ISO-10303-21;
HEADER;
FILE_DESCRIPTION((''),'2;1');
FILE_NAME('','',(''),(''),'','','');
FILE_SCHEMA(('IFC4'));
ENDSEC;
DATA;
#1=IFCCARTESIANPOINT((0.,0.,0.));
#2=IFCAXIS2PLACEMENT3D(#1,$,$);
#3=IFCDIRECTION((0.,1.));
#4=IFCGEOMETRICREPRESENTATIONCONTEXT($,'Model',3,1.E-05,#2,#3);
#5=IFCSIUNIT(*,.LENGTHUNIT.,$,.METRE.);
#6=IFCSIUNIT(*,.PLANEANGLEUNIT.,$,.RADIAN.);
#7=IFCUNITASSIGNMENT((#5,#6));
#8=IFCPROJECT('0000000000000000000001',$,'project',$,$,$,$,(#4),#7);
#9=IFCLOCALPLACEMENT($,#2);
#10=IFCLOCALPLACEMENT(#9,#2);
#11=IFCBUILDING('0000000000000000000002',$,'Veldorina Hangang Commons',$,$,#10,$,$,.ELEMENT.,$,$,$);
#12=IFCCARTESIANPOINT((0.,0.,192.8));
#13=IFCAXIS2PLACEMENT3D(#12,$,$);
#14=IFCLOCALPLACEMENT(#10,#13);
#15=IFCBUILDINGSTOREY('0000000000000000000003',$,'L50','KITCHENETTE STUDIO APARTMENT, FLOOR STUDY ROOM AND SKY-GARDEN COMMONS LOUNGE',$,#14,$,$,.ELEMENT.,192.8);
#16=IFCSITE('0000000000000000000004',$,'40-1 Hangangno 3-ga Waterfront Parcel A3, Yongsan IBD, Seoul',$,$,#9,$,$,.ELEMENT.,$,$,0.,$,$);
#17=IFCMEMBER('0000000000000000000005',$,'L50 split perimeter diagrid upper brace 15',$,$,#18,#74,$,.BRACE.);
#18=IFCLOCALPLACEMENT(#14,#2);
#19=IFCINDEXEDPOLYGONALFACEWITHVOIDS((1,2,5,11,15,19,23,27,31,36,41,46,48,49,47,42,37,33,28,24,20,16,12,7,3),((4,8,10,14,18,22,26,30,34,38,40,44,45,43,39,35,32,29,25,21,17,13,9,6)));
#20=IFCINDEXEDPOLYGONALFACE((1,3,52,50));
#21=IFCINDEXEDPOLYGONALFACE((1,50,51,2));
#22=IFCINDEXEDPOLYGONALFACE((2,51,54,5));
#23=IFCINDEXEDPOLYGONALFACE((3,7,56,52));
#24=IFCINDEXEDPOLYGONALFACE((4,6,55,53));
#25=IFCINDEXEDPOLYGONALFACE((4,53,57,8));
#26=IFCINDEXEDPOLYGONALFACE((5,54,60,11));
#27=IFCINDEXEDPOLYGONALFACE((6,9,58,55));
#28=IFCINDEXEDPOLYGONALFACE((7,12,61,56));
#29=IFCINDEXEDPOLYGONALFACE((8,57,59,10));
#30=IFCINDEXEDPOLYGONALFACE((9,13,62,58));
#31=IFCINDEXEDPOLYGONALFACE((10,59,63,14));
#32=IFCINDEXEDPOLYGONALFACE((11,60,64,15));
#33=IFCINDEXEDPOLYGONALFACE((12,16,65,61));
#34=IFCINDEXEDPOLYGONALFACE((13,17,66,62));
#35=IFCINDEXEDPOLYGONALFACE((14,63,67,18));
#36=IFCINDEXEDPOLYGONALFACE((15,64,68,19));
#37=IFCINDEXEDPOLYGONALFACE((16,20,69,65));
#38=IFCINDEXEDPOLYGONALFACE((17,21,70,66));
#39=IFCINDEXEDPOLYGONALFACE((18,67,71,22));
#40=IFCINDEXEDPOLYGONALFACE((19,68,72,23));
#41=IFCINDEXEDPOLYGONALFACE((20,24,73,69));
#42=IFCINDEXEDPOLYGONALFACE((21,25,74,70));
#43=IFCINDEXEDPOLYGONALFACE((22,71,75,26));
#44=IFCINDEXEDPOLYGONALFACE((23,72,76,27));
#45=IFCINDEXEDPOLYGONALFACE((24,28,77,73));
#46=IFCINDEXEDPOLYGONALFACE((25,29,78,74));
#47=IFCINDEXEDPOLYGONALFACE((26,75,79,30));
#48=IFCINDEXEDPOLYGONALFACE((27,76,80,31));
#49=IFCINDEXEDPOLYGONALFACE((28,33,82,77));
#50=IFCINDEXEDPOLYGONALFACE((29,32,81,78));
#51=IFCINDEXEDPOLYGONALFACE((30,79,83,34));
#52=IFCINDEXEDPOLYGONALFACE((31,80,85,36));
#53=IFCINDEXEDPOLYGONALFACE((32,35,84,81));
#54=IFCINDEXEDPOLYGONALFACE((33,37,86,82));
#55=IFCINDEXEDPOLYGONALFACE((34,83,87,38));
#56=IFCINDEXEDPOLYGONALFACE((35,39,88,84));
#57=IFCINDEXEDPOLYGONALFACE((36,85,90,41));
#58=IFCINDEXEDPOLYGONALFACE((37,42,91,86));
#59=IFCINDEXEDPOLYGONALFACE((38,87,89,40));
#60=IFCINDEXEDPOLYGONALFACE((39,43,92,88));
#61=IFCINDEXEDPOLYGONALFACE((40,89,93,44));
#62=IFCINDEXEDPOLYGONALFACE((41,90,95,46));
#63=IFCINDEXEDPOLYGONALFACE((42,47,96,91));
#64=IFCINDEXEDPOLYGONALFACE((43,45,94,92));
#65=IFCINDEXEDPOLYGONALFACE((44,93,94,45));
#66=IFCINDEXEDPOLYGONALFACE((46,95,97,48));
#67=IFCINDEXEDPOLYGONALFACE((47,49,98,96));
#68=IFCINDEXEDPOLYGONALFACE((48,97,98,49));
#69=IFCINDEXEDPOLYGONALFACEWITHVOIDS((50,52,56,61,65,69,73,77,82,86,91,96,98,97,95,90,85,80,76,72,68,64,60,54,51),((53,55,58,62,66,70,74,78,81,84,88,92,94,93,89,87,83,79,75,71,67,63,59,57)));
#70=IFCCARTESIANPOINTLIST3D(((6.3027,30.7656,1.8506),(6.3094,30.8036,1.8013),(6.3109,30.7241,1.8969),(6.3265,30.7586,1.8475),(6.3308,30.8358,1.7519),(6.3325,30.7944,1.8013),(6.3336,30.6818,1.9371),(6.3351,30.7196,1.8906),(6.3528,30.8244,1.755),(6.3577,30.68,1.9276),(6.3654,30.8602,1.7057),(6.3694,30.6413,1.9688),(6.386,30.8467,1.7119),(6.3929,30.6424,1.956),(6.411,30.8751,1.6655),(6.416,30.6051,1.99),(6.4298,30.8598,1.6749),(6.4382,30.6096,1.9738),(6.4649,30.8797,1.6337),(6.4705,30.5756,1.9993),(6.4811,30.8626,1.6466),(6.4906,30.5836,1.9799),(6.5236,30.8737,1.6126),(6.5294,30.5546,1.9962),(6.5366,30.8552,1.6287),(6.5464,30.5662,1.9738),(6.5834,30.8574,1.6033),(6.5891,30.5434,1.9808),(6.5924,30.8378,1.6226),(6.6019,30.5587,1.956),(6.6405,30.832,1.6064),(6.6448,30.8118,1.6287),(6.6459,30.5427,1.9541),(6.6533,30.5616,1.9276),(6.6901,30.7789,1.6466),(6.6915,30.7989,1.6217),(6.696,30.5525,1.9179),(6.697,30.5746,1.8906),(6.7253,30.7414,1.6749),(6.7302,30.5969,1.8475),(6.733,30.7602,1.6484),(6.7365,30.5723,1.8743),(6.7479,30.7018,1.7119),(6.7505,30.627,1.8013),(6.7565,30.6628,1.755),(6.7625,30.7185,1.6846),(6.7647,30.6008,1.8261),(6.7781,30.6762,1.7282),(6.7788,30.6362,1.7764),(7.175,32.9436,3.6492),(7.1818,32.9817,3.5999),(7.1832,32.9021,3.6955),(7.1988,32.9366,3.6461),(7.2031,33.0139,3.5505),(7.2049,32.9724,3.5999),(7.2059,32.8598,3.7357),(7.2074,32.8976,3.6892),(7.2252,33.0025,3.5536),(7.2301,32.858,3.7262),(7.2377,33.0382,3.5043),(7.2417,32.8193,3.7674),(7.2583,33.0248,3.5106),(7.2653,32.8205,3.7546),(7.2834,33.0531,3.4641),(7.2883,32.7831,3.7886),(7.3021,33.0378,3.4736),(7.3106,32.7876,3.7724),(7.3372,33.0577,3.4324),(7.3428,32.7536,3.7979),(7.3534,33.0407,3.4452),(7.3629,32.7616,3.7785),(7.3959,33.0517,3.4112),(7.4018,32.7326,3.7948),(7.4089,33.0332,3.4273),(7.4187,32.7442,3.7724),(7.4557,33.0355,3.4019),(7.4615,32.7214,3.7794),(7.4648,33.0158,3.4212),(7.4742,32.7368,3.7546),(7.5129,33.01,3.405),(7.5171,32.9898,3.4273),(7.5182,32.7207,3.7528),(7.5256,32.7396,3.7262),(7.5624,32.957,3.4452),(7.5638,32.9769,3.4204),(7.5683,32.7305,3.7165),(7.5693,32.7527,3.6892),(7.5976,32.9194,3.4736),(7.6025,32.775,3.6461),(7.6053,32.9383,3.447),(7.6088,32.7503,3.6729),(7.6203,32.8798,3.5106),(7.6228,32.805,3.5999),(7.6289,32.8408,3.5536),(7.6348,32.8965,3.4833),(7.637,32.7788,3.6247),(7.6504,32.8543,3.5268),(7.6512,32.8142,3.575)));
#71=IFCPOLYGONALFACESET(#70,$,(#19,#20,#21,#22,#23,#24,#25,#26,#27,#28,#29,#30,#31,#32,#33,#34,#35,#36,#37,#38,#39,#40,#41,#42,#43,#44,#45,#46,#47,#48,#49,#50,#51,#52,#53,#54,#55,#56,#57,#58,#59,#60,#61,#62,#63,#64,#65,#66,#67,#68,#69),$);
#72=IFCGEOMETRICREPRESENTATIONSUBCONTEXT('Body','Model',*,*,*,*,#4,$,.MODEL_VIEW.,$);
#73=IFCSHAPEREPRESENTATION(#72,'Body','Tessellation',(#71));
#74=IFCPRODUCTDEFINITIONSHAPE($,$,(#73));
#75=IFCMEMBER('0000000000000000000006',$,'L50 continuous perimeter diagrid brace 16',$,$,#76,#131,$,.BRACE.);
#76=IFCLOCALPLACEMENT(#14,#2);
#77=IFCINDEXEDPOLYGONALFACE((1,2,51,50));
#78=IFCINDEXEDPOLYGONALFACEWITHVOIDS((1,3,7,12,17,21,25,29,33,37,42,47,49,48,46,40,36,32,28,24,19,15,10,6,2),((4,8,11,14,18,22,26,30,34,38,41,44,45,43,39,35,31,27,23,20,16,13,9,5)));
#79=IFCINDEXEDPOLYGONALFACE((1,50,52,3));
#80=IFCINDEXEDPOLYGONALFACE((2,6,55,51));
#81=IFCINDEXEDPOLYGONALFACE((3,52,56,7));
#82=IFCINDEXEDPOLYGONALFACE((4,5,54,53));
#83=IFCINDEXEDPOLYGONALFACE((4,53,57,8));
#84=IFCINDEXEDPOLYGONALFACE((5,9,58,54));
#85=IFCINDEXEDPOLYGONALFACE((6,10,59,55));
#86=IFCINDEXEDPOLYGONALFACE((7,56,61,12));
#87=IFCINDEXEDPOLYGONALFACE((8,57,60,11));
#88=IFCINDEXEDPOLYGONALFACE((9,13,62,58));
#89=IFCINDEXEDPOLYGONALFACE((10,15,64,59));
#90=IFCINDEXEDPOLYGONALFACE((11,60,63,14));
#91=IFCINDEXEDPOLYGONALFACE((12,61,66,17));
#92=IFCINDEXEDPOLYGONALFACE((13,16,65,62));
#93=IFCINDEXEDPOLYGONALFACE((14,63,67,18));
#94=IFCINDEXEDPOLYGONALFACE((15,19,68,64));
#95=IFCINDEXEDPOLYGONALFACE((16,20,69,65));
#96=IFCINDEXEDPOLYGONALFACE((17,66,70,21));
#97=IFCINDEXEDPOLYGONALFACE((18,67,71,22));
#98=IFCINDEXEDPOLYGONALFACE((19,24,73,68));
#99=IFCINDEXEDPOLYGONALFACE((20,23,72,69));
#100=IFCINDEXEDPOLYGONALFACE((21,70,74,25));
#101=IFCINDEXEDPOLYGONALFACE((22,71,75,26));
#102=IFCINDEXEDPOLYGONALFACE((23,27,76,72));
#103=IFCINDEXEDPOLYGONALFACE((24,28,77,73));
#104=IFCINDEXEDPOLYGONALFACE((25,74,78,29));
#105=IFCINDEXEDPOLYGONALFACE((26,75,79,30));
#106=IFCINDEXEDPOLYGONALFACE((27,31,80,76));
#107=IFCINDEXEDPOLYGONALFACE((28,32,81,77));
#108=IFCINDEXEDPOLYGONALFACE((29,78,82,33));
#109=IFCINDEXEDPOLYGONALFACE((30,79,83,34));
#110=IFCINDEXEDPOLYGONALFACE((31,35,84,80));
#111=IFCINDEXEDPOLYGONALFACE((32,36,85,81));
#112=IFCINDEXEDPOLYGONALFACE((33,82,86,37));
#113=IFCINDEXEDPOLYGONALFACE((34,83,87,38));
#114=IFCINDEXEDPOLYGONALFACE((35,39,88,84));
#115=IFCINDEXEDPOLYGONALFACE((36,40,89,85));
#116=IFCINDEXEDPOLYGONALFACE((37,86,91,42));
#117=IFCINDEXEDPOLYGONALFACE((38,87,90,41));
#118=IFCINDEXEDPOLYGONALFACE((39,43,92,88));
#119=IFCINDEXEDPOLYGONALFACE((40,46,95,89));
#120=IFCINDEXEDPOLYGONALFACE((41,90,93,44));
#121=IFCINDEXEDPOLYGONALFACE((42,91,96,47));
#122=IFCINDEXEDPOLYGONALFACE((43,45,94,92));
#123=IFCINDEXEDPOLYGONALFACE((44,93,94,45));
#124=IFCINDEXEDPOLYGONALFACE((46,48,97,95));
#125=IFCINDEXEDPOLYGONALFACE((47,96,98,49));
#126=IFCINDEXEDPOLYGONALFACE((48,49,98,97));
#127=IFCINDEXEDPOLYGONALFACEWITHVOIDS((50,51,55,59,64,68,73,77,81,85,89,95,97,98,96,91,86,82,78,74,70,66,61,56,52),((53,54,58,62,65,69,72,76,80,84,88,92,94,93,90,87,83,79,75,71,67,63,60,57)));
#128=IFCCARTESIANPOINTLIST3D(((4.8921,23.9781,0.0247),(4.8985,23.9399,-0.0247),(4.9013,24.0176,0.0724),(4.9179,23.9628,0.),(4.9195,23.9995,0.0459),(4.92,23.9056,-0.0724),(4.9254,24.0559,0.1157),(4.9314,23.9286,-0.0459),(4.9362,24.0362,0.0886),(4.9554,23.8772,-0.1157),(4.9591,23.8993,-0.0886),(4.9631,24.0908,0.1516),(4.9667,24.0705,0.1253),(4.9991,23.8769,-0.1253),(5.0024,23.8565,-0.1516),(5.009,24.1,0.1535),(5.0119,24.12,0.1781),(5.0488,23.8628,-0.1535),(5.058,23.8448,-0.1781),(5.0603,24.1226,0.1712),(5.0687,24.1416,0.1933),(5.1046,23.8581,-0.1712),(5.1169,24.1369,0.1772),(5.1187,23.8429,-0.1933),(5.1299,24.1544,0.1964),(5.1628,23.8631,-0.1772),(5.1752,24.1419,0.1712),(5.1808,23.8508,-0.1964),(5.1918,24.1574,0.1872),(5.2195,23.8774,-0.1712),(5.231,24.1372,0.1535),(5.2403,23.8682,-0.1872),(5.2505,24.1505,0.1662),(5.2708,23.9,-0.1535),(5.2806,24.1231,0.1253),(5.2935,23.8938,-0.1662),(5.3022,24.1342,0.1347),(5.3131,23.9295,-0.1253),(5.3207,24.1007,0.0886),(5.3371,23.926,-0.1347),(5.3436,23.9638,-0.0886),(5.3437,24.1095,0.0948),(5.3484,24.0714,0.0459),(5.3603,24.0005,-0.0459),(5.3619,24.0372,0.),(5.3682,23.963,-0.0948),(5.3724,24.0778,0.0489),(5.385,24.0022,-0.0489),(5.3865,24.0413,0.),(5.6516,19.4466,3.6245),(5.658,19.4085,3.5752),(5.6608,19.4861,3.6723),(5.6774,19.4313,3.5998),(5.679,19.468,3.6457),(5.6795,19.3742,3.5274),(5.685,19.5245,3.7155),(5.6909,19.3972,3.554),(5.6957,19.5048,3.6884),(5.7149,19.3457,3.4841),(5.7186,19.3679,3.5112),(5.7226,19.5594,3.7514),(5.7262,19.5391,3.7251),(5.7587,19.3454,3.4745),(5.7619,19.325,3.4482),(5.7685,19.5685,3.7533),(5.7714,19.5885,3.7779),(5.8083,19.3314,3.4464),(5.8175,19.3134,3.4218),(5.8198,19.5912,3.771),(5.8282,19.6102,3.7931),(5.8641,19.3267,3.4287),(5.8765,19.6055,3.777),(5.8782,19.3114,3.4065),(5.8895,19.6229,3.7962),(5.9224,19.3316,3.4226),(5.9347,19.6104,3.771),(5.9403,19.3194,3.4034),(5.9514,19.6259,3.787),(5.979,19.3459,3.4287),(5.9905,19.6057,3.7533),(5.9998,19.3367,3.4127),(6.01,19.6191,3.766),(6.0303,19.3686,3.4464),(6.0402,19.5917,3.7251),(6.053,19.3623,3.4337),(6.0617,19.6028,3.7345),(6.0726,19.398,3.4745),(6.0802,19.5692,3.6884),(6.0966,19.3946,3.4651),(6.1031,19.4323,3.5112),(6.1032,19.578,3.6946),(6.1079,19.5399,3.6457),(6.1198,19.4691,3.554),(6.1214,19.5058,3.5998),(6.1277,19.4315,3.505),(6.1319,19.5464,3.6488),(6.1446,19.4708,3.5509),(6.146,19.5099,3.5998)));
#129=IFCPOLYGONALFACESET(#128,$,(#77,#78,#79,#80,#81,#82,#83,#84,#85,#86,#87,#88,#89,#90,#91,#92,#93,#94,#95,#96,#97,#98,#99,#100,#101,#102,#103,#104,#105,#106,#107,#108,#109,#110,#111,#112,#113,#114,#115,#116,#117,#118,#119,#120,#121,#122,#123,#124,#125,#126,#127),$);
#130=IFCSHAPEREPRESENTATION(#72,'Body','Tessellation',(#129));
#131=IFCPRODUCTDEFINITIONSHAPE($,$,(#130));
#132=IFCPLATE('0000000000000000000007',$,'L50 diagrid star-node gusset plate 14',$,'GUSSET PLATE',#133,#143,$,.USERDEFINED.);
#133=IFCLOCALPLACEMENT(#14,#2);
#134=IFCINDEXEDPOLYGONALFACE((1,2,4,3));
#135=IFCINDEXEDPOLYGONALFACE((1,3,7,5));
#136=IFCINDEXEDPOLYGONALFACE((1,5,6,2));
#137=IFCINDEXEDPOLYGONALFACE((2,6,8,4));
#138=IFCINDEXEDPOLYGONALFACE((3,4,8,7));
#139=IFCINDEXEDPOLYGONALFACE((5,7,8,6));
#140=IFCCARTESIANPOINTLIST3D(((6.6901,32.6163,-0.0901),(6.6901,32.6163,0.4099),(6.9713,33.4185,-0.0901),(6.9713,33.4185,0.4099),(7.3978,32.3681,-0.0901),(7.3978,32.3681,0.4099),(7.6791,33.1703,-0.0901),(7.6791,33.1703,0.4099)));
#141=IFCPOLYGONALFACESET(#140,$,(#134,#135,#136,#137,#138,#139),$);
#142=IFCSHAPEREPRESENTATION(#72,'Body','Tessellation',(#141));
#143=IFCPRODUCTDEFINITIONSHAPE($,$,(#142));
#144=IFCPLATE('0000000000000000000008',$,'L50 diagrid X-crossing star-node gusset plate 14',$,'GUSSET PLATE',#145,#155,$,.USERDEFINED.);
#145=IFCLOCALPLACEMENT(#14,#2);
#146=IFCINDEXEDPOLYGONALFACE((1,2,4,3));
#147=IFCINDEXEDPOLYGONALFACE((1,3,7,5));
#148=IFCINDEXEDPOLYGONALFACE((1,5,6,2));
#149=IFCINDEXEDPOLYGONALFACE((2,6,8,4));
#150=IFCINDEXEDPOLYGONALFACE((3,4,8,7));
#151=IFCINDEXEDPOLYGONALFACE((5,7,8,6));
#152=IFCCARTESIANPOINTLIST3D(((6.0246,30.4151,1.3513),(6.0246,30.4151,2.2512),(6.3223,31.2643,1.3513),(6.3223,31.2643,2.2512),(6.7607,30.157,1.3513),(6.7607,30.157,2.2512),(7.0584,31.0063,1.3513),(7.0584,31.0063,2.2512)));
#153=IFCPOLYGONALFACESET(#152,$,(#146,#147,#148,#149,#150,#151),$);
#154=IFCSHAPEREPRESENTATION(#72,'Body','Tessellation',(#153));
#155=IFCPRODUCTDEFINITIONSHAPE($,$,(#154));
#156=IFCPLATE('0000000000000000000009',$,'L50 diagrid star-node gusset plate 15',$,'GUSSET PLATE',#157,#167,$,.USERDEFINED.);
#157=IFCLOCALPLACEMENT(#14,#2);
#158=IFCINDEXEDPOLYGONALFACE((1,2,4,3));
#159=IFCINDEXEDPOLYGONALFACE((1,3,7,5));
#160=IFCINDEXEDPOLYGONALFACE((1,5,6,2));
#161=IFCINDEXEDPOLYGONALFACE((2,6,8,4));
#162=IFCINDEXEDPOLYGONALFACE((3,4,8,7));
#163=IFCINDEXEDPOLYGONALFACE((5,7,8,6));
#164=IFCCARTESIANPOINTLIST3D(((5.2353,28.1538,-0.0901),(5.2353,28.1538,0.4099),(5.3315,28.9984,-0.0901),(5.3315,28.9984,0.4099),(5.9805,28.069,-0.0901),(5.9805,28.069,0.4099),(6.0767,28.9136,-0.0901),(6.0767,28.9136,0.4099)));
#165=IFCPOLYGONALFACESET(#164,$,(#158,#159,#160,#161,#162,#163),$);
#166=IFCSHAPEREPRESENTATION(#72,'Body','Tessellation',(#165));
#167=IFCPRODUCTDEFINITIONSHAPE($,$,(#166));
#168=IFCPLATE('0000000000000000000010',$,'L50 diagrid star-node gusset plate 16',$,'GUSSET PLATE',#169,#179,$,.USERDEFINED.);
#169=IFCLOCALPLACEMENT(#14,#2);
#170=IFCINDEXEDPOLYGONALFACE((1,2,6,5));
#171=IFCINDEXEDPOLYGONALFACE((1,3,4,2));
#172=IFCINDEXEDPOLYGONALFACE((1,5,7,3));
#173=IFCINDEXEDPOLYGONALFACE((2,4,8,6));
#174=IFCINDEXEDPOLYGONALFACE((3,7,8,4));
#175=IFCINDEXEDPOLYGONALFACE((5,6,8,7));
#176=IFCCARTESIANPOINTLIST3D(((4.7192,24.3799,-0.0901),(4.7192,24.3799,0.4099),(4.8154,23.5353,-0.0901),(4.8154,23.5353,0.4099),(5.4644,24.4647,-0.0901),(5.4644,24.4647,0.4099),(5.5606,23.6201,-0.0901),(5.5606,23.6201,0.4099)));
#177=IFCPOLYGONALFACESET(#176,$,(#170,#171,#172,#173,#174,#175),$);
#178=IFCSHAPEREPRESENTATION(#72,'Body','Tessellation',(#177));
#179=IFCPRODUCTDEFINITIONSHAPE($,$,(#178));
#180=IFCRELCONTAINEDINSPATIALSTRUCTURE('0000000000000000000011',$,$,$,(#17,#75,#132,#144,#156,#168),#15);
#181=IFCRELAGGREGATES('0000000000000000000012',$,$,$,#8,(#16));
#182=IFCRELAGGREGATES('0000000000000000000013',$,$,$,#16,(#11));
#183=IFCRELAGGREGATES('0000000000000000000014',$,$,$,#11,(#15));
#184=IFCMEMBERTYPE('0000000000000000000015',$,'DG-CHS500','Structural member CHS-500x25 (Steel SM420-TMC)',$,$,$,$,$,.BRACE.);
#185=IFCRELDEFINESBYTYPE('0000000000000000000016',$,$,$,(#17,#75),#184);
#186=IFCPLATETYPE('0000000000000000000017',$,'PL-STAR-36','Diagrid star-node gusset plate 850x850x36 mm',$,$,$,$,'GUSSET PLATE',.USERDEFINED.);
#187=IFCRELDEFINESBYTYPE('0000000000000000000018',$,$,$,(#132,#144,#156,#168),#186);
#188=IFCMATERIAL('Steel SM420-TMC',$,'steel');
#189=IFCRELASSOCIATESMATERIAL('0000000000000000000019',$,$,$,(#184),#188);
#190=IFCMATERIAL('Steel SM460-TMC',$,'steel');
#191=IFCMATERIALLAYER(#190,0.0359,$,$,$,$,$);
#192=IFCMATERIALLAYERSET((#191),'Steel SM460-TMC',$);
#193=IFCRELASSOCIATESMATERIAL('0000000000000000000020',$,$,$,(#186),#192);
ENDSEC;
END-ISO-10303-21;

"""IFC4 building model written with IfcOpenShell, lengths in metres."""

from ifc_helpers import new_model, si_unit, direction, frame, origin, origin_2d, place, context, subcontext, project, spatial, rectangle, hollow_circle, extrude, material, layer, layer_set, material_profile, profile_set, type_object, element, save


model = new_model("IFC4")

# Units and contexts
model_context = context("Model", 3, precision=1e-05, world=origin(), true_north=direction((0.0, 1.0)))
body_context = subcontext(model_context, "Body", "Model", "MODEL_VIEW")
ifc_project = project(units=[si_unit("LENGTHUNIT", "METRE"), si_unit("PLANEANGLEUNIT", "RADIAN")], contexts=[model_context])

# Site, building, storey
site_placement = place(None, origin())
site = spatial("IfcSite", under=ifc_project, at=site_placement, Name="40-1 Hangangno 3-ga Waterfront Parcel A3, Yongsan IBD, Seoul", CompositionType="ELEMENT", RefElevation=0.0)
building_placement = place(site_placement, origin())
building = spatial("IfcBuilding", under=site, at=building_placement, Name="Veldorina Hangang Commons", CompositionType="ELEMENT")
storey_placement = place(building_placement, frame((0.0, 0.0, 192.8)))
storey = spatial("IfcBuildingStorey", under=building, at=storey_placement, Name="L50", Description="KITCHENETTE STUDIO APARTMENT, FLOOR STUDY ROOM AND SKY-GARDEN COMMONS LOUNGE", CompositionType="ELEMENT", Elevation=192.8)

# Shared definitions
ifc_material_1 = material(Name="Steel SM420-TMC", Category="steel")

# Members
ifc_material_profile_1 = material_profile(ifc_material_1, hollow_circle(Radius=0.25, WallThickness=0.0249, at=origin_2d()), Name="CHS-500x25")
ifc_profile_set_1 = profile_set([ifc_material_profile_1], Name="Steel SM420-TMC")
member_type = type_object("IfcMemberType", Name="DG-CHS500", Description="Structural member CHS-500x25 (Steel SM420-TMC)", PredefinedType="BRACE", material=ifc_profile_set_1)
member_1_placement = place(storey_placement, frame((6.5415, 30.7107, 1.8013), z_axis=(0.295074, 0.736736, 0.6084), x_axis=(-0.928312, 0.371803, 0.0)))
element("IfcMember", 1, at=member_1_placement, inside=storey, type_object=member_type, Name="L50 split perimeter diagrid upper brace 15", PredefinedType="BRACE", context=body_context, shape_type="SweptSolid", body=[
    extrude(hollow_circle(Radius=0.25, WallThickness=0.0249, at=origin_2d()), origin(), (0.0, 0.0, 1.0), 2.9563),
])
member_2_placement = place(storey_placement, frame((5.1399, 24.0, 0.0), z_axis=(0.130122, -0.776343, 0.616733), x_axis=(0.986243, 0.165304, 0.0)))
element("IfcMember", 2, at=member_2_placement, inside=storey, type_object=member_type, Name="L50 continuous perimeter diagrid brace 16", PredefinedType="BRACE", context=body_context, shape_type="SweptSolid", body=[
    extrude(hollow_circle(Radius=0.25, WallThickness=0.0249, at=origin_2d()), origin(), (0.0, 0.0, 1.0), 5.8369),
])

# Plates
ifc_material_2 = material(Name="Steel SM460-TMC", Category="steel")
ifc_layer_1 = layer(ifc_material_2, 0.0359)
ifc_layer_set_1 = layer_set([ifc_layer_1], Name="Steel SM460-TMC")
plate_type = type_object("IfcPlateType", Name="PL-STAR-36", Description="Diagrid star-node gusset plate 850x850x36 mm", ElementType="GUSSET PLATE", PredefinedType="USERDEFINED", material=ifc_layer_set_1)
plate_1_placement = place(storey_placement, frame((7.1846, 32.8933, -0.0901), z_axis=(0.0, 0.0, 1.0), x_axis=(-0.33086, -0.94368, 0.0)))
element("IfcPlate", 3, at=plate_1_placement, inside=storey, type_object=plate_type, Name="L50 diagrid star-node gusset plate 14", ObjectType="GUSSET PLATE", PredefinedType="USERDEFINED", context=body_context, shape_type="SweptSolid", body=[
    extrude(rectangle(XDim=0.8501, YDim=0.75, at=origin_2d()), origin(), (0.0, 0.0, 1.0), 0.5),
])
plate_2_placement = place(storey_placement, frame((6.5415, 30.7107, 1.3513), z_axis=(0.0, 0.0, 1.0), x_axis=(-0.33086, -0.94368, 0.0)))
element("IfcPlate", 4, at=plate_2_placement, inside=storey, type_object=plate_type, Name="L50 diagrid X-crossing star-node gusset plate 14", ObjectType="GUSSET PLATE", PredefinedType="USERDEFINED", context=body_context, shape_type="SweptSolid", body=[
    extrude(rectangle(XDim=0.8999, YDim=0.78, at=origin_2d()), origin(), (0.0, 0.0, 1.0), 0.8999),
])
for number, where, z_axis, x_axis, name in (
    (5, (5.656, 28.5337, -0.0901), (0.0, 0.0, 1.0), (-0.113099, -0.993584, 0.0), "L50 diagrid star-node gusset plate 15"),
    (6, (5.1399, 24.0, -0.0901), (0.0, 0.0, 1.0), (0.113099, -0.993584, 0.0), "L50 diagrid star-node gusset plate 16"),
):
    element("IfcPlate", number, at=place(storey_placement, frame(where, z_axis=z_axis, x_axis=x_axis)), inside=storey, type_object=plate_type, Name=name, ObjectType="GUSSET PLATE", PredefinedType="USERDEFINED", context=body_context, shape_type="SweptSolid", body=[
        extrude(rectangle(XDim=0.8501, YDim=0.75, at=origin_2d()), origin(), (0.0, 0.0, 1.0), 0.5),
    ])

save(model, "model.ifc")
